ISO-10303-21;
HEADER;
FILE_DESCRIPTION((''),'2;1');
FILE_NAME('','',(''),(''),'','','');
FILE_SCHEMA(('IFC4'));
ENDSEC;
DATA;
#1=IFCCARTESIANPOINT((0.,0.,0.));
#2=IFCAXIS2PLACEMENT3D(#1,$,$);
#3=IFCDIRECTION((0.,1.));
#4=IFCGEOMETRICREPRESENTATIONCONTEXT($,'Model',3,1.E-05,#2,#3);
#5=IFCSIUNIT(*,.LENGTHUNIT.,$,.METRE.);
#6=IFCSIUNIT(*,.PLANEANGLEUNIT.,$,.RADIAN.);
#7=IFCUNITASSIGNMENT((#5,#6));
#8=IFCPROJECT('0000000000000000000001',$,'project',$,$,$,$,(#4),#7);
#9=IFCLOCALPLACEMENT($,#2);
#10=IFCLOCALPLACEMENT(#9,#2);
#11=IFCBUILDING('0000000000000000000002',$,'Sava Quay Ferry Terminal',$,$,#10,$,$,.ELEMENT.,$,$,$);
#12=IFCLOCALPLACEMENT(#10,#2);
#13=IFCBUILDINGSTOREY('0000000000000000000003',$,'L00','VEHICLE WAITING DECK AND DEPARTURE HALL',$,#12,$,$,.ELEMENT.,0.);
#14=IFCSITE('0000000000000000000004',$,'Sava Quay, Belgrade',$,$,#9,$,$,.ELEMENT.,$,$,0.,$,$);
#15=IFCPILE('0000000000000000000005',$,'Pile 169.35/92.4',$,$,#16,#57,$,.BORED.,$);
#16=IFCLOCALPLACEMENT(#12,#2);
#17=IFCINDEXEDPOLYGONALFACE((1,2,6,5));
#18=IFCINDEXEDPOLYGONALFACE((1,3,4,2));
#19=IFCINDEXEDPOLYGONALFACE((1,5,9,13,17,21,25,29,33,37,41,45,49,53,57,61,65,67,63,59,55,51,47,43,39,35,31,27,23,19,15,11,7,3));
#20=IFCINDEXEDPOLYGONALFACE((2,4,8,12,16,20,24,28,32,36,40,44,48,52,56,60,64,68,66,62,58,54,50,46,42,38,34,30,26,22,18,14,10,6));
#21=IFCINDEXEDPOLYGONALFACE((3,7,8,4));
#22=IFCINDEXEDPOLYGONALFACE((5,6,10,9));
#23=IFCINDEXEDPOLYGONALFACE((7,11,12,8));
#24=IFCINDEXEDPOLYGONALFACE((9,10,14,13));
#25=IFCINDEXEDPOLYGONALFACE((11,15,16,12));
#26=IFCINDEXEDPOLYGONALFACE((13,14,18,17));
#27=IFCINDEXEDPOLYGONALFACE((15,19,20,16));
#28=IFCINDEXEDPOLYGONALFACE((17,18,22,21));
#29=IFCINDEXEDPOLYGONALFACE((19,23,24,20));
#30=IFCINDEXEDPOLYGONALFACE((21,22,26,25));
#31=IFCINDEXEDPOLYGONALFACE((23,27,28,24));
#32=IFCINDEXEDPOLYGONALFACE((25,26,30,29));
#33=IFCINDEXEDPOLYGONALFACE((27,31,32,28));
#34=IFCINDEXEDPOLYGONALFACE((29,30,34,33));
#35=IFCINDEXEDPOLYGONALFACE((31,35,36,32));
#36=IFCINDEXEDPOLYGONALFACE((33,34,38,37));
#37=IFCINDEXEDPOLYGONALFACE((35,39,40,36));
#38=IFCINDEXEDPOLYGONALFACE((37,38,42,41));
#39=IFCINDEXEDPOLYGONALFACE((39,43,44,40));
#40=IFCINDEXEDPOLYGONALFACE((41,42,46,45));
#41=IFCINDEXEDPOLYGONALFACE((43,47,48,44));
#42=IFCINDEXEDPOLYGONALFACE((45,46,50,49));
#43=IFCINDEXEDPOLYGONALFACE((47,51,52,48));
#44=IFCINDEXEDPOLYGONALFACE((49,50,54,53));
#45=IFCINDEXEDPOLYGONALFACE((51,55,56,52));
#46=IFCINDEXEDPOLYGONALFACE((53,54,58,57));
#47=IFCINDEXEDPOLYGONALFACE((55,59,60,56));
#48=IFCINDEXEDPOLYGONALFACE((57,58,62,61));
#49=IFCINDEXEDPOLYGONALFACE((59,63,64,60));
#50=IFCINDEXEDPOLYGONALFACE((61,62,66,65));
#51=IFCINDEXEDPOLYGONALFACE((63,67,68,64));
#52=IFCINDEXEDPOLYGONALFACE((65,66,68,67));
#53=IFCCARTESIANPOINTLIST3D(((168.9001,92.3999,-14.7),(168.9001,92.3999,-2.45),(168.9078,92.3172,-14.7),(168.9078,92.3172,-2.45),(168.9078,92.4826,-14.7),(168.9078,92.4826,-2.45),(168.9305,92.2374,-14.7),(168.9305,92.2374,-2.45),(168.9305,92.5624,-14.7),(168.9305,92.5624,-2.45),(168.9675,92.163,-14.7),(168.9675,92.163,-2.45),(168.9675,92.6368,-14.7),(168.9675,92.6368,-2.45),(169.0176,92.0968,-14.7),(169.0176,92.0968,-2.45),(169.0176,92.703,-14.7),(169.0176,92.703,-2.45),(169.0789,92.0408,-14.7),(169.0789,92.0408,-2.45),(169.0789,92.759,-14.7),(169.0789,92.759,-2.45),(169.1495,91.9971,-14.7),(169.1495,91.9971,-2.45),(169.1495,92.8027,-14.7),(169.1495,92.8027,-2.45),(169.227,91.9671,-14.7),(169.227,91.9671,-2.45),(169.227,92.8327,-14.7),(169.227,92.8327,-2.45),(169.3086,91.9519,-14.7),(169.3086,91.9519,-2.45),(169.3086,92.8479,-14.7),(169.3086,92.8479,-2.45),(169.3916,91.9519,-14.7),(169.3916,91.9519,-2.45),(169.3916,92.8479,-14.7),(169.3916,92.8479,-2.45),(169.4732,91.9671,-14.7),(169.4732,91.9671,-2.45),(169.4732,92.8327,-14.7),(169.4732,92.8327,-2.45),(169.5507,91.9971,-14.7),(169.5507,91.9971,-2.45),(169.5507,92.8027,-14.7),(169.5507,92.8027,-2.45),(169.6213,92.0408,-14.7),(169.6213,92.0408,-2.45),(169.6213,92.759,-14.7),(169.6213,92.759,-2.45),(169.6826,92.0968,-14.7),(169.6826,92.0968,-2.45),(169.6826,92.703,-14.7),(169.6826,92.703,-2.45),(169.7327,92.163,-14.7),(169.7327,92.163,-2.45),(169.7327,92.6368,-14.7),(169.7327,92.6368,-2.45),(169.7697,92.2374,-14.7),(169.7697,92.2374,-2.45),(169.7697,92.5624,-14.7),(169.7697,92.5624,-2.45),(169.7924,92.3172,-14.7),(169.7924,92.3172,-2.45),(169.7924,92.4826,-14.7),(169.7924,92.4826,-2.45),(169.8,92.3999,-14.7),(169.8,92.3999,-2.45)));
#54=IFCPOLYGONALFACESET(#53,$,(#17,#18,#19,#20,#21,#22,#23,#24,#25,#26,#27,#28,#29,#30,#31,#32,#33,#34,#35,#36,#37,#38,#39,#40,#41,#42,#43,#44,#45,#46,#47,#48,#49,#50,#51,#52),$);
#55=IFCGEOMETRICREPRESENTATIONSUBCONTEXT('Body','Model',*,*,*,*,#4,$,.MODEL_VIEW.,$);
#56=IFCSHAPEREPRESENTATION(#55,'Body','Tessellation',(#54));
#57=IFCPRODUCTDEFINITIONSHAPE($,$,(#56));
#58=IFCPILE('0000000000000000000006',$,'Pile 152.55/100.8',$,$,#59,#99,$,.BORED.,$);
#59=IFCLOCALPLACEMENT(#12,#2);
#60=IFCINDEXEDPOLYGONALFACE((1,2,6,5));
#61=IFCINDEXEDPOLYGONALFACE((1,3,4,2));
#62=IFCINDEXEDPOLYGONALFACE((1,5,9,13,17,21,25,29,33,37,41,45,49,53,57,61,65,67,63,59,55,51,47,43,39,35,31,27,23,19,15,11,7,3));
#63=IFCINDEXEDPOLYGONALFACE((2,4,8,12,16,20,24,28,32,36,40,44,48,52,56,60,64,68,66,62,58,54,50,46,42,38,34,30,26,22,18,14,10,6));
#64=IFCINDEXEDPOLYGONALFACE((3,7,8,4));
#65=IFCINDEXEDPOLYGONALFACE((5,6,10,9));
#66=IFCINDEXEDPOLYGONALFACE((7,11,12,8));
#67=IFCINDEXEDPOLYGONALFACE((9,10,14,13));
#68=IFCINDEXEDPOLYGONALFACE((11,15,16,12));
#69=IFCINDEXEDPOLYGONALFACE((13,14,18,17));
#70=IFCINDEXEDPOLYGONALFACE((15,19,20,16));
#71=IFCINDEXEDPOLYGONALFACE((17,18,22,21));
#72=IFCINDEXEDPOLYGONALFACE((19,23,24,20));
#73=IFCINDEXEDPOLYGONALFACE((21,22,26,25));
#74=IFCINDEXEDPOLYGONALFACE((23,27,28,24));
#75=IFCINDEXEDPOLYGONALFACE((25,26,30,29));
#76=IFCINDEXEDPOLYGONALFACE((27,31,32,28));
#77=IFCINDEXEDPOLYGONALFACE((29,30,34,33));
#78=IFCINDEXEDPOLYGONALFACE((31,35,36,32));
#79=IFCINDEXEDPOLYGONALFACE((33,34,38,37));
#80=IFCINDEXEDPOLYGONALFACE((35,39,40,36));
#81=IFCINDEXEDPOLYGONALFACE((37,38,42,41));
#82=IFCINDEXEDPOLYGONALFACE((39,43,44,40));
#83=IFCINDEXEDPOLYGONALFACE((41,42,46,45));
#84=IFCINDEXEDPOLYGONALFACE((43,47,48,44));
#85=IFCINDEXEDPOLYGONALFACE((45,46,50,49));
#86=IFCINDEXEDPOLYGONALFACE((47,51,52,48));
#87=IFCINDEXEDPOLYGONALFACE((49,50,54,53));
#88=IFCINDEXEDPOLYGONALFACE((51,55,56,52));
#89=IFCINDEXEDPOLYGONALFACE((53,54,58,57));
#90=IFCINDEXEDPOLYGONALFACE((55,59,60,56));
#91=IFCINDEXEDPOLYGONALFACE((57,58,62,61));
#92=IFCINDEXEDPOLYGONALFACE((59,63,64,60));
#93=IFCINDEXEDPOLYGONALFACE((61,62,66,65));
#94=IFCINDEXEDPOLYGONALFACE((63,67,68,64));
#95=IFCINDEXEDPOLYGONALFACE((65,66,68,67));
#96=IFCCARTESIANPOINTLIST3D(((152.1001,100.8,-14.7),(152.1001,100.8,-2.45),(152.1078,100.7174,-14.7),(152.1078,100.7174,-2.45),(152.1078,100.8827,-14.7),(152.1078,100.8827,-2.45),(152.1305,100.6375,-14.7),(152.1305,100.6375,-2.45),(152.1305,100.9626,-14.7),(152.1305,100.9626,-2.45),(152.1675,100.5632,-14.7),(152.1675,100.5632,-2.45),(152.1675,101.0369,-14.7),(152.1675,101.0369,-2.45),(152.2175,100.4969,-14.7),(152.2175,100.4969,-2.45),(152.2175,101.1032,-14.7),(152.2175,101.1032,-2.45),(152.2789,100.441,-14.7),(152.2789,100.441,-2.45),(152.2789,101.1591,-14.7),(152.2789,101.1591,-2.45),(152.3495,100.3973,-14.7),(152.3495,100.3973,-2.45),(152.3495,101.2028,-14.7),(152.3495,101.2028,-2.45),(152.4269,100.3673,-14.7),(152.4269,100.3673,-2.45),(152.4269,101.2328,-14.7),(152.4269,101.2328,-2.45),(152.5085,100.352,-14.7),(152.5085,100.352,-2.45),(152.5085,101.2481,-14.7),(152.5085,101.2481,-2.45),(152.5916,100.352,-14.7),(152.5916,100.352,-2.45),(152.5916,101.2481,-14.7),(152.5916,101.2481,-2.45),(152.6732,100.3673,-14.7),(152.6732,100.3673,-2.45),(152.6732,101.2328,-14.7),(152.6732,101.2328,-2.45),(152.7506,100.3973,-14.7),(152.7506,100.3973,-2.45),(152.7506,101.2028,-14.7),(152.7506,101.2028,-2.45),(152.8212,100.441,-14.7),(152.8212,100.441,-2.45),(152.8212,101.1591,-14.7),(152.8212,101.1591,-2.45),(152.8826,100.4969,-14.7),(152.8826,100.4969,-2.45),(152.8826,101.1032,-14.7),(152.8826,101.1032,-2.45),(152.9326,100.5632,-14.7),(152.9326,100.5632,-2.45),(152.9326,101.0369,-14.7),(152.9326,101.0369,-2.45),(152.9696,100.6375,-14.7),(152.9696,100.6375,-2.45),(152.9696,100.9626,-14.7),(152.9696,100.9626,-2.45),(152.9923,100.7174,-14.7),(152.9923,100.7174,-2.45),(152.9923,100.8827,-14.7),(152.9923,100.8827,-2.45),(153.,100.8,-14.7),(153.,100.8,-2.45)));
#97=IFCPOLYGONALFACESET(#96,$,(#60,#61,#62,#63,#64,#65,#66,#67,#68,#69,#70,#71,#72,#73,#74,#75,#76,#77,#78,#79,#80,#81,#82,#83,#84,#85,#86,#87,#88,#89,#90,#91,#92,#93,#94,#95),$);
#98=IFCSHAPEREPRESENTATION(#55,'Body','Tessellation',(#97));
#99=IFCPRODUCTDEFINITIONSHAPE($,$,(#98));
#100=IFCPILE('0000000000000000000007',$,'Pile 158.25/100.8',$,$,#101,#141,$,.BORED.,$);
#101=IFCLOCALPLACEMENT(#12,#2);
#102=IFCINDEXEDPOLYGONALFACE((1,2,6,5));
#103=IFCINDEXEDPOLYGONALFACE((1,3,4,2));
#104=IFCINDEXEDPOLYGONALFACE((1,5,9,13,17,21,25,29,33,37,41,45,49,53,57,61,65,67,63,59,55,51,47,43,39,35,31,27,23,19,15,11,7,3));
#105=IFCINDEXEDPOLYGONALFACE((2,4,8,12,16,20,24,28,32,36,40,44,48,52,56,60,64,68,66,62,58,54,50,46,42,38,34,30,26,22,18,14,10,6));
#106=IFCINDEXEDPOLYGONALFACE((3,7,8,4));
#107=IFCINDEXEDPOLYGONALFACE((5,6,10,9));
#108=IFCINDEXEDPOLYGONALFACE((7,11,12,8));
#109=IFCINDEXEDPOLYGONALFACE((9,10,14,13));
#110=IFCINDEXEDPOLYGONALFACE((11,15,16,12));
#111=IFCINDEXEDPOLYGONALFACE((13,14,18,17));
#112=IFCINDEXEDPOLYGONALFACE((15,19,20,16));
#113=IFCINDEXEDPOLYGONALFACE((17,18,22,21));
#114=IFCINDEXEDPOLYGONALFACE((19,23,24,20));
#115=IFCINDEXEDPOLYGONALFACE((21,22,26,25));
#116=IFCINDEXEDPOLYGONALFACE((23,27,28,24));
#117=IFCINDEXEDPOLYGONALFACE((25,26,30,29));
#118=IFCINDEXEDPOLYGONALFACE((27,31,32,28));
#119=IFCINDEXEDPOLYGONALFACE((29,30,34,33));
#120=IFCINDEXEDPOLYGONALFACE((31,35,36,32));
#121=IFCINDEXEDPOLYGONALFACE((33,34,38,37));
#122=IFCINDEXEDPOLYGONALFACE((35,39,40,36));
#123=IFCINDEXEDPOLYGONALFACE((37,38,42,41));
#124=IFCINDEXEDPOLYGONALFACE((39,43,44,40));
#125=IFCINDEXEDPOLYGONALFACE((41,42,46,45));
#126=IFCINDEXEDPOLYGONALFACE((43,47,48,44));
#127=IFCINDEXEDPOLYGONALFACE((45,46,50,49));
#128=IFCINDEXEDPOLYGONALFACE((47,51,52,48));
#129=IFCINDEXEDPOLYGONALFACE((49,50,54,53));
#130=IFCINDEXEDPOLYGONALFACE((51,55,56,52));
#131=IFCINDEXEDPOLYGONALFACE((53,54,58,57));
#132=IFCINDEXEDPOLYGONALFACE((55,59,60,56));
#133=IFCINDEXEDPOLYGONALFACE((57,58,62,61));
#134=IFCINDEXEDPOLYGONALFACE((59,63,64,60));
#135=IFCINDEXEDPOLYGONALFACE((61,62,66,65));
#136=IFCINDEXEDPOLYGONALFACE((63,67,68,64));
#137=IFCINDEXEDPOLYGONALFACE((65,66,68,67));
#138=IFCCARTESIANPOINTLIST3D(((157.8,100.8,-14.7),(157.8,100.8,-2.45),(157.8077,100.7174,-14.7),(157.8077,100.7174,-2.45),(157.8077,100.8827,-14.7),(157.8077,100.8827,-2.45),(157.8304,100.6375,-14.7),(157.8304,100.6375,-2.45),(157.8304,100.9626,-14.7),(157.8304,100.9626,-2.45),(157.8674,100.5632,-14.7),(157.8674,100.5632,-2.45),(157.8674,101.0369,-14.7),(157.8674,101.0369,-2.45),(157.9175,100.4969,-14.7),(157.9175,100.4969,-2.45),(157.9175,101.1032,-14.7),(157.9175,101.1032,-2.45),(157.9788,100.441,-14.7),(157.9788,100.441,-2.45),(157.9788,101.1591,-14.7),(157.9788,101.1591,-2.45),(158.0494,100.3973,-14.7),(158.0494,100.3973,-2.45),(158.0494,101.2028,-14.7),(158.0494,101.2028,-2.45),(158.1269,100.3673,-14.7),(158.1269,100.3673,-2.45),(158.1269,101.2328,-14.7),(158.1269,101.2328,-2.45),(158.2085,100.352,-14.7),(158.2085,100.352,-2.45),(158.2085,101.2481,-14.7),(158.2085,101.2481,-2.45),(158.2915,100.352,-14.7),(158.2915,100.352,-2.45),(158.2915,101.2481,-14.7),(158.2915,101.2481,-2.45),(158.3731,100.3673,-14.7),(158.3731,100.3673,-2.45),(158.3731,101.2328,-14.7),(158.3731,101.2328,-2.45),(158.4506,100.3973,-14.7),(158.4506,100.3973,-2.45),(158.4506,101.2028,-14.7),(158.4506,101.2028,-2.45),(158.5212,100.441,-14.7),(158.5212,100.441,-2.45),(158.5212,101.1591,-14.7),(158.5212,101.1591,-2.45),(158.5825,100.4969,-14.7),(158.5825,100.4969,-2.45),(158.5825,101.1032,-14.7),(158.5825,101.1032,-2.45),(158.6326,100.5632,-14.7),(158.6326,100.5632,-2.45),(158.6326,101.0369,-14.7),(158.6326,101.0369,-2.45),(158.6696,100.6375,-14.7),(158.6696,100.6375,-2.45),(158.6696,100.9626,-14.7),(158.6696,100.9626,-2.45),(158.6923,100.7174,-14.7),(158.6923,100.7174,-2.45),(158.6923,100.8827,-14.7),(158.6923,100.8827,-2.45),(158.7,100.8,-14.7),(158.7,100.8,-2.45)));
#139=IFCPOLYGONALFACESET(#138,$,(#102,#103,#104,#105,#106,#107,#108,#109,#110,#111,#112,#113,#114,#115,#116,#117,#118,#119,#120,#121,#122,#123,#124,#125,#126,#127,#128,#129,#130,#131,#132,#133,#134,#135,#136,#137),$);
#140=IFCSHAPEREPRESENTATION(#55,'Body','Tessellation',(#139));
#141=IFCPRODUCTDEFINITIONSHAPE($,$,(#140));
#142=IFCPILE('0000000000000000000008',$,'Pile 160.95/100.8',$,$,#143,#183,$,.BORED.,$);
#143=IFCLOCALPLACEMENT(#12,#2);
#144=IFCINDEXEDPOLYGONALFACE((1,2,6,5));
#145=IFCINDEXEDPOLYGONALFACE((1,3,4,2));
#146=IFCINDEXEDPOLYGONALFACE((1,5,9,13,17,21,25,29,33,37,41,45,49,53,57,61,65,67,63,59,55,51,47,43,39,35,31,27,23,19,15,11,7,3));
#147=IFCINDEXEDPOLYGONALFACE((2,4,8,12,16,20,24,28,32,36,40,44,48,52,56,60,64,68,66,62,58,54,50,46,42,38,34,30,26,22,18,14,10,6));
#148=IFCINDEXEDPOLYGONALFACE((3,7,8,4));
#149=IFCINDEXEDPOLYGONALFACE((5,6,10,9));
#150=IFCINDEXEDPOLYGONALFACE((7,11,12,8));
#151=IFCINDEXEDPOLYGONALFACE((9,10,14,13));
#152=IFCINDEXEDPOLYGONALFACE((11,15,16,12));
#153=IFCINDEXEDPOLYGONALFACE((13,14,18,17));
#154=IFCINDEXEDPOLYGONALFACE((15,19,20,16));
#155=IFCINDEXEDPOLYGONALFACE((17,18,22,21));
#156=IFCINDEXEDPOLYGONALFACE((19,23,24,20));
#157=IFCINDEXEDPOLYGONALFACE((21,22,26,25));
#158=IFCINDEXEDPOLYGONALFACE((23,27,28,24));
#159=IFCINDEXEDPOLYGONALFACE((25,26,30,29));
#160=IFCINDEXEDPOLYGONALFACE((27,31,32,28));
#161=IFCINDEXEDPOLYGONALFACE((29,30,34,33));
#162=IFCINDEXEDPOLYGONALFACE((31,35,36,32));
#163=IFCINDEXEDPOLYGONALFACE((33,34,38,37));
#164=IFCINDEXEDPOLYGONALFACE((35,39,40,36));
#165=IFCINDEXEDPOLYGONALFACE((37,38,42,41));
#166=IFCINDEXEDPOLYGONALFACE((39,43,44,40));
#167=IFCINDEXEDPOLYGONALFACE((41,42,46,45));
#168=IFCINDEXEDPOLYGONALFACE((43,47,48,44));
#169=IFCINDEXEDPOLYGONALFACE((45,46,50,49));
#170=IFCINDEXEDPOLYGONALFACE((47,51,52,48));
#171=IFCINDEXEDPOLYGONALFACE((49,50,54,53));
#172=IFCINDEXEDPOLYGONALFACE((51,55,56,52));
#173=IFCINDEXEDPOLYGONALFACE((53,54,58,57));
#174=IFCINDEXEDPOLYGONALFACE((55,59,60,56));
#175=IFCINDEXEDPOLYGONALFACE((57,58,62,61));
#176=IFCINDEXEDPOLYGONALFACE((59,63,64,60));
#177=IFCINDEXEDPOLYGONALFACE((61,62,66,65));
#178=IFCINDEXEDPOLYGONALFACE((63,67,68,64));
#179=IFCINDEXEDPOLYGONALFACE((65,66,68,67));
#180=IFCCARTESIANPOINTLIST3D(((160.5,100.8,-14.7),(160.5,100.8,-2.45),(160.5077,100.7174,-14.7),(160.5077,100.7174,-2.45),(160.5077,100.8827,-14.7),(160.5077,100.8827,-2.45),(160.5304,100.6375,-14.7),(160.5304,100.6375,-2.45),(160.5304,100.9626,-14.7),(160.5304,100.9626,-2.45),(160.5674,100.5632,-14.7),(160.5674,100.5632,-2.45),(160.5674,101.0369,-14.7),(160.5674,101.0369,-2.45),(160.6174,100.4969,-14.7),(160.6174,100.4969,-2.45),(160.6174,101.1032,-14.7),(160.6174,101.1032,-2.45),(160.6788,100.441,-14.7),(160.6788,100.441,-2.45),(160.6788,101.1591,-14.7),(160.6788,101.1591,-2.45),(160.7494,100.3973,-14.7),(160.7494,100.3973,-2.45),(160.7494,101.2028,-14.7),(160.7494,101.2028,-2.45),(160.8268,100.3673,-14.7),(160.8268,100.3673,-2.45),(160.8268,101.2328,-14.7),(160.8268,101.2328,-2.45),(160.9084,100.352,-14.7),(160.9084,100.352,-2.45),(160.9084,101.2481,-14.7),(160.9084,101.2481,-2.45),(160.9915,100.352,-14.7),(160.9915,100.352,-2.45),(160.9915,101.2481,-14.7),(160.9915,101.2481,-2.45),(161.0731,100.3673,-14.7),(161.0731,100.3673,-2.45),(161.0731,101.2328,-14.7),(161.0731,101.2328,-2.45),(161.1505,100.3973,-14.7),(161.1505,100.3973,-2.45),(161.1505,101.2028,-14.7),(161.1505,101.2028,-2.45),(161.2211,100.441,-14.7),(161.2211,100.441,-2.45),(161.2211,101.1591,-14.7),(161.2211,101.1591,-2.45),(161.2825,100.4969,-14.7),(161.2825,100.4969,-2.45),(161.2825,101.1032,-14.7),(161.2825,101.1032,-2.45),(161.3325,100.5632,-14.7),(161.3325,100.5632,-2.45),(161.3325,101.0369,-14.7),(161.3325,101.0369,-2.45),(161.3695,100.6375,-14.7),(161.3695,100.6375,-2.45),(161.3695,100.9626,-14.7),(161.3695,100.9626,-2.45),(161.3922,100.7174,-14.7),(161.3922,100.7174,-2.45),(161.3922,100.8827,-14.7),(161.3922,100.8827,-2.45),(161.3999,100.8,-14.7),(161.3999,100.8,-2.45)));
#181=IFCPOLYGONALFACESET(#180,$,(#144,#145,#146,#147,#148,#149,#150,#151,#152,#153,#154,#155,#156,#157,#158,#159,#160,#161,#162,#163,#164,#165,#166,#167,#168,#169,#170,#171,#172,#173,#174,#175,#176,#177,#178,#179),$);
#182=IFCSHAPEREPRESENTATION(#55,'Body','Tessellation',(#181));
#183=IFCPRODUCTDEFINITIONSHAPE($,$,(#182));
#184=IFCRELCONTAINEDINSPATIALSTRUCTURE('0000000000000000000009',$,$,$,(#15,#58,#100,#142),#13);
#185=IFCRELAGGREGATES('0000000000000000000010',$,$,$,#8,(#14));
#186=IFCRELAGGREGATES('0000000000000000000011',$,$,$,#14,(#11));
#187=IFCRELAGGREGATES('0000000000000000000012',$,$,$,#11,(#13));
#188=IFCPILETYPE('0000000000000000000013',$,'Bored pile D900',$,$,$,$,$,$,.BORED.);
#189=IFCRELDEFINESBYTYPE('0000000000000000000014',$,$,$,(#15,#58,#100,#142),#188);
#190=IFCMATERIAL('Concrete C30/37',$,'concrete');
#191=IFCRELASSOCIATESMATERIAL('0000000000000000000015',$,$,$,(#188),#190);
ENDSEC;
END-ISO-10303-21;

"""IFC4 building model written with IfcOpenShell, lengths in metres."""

from ifc_helpers import new_model, si_unit, direction, frame, origin, origin_2d, place, context, subcontext, project, spatial, circle, extrude, material, material_profile, profile_set, type_object, element, save


model = new_model("IFC4")

# Units and contexts
model_context = context("Model", 3, precision=1e-05, world=origin(), true_north=direction((0.0, 1.0)))
body_context = subcontext(model_context, "Body", "Model", "MODEL_VIEW")
ifc_project = project(units=[si_unit("LENGTHUNIT", "METRE"), si_unit("PLANEANGLEUNIT", "RADIAN")], contexts=[model_context])

# Site, building, storey
site_placement = place(None, origin())
site = spatial("IfcSite", under=ifc_project, at=site_placement, Name="Sava Quay, Belgrade", CompositionType="ELEMENT", RefElevation=0.0)
building_placement = place(site_placement, origin())
building = spatial("IfcBuilding", under=site, at=building_placement, Name="Sava Quay Ferry Terminal", CompositionType="ELEMENT")
storey_placement = place(building_placement, origin())
storey = spatial("IfcBuildingStorey", under=building, at=storey_placement, Name="L00", Description="VEHICLE WAITING DECK AND DEPARTURE HALL", CompositionType="ELEMENT", Elevation=0.0)

# Piles
ifc_material_1 = material(Name="Concrete C30/37", Category="concrete")
ifc_material_profile_1 = material_profile(ifc_material_1, circle(Radius=0.45, at=origin_2d()), Name="Bored pile D900")
ifc_profile_set_1 = profile_set([ifc_material_profile_1], Name="Concrete C30/37")
pile_type = type_object("IfcPileType", Name="Bored pile D900", PredefinedType="BORED", material=ifc_profile_set_1)
for number, where, z_axis, x_axis, name in (
    (1, (169.3501, 92.3999, -2.45), (0.0, 0.0, -1.0), (1.0, 0.0, 0.0), "Pile 169.35/92.4"),
    (2, (152.55, 100.8, -2.45), (0.0, 0.0, -1.0), (1.0, 0.0, 0.0), "Pile 152.55/100.8"),
    (3, (158.25, 100.8, -2.45), (0.0, 0.0, -1.0), (1.0, 0.0, 0.0), "Pile 158.25/100.8"),
    (4, (160.95, 100.8, -2.45), (0.0, 0.0, -1.0), (1.0, 0.0, 0.0), "Pile 160.95/100.8"),
):
    element("IfcPile", number, at=place(storey_placement, frame(where, z_axis=z_axis, x_axis=x_axis)), inside=storey, type_object=pile_type, Name=name, PredefinedType="BORED", context=body_context, shape_type="SweptSolid", body=[
        extrude(circle(Radius=0.45, at=origin_2d()), origin(), (0.0, 0.0, 1.0), 12.25),
    ])

save(model, "model.ifc")
